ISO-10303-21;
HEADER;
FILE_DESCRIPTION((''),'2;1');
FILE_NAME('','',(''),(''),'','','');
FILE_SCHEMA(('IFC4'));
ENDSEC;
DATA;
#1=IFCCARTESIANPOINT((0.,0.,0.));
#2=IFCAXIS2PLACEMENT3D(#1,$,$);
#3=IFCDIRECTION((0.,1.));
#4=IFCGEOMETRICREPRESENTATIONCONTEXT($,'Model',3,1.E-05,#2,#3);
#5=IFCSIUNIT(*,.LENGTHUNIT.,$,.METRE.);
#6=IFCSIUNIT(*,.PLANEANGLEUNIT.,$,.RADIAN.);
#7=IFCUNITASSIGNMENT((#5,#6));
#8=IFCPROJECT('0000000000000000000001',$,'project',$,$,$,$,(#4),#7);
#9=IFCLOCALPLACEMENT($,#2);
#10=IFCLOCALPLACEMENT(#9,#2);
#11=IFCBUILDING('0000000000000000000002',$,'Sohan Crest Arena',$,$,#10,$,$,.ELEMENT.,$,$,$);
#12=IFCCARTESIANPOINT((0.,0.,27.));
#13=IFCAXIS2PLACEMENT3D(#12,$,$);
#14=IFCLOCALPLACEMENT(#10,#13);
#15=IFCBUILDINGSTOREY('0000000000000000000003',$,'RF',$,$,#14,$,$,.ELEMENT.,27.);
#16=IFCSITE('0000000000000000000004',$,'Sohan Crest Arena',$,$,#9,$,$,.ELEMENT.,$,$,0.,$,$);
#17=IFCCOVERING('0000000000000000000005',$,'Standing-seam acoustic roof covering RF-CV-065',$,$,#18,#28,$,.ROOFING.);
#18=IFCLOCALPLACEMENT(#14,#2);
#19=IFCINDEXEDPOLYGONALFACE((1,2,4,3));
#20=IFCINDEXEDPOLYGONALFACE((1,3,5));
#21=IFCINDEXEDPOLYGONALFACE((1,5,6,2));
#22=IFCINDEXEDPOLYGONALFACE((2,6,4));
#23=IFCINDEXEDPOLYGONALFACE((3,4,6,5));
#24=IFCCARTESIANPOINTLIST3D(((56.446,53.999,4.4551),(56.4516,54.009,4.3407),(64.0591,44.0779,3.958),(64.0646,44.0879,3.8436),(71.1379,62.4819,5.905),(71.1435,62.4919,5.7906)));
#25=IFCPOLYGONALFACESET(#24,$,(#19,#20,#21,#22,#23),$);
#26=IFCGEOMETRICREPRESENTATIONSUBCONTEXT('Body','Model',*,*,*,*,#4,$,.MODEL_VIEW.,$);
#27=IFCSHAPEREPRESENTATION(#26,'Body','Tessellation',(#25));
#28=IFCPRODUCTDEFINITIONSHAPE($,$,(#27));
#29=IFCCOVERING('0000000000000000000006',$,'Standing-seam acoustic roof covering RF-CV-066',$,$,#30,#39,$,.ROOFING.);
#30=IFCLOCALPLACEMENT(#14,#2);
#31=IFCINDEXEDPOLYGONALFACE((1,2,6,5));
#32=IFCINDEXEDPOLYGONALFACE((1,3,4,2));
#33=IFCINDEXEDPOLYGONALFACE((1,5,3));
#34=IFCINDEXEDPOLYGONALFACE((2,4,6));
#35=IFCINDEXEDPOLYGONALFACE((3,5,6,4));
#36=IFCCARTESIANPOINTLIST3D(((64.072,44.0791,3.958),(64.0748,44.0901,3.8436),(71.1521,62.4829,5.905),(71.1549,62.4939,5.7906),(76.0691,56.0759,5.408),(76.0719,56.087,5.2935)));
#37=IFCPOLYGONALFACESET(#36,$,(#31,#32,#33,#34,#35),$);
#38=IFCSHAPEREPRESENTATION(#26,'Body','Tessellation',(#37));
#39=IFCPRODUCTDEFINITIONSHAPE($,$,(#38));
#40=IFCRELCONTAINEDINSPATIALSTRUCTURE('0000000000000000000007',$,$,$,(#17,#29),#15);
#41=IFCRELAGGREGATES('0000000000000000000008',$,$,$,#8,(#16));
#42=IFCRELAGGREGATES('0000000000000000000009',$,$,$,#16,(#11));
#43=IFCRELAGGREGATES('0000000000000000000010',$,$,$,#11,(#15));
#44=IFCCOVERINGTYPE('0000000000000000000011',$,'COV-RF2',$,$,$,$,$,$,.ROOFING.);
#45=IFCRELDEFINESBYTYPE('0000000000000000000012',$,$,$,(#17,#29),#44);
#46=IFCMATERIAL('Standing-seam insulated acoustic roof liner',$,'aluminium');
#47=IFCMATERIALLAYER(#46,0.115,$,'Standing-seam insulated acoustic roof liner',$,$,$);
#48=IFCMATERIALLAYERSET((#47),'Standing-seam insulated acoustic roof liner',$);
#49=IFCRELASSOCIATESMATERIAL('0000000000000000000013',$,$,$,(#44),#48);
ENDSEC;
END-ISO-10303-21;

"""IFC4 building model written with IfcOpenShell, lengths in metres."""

from ifc_helpers import new_model, si_unit, direction, frame, origin, place, context, subcontext, project, spatial, polyline, outline, extrude, material, layer, layer_set, type_object, element, save


model = new_model("IFC4")

# Units and contexts
model_context = context("Model", 3, precision=1e-05, world=origin(), true_north=direction((0.0, 1.0)))
body_context = subcontext(model_context, "Body", "Model", "MODEL_VIEW")
ifc_project = project(units=[si_unit("LENGTHUNIT", "METRE"), si_unit("PLANEANGLEUNIT", "RADIAN")], contexts=[model_context])

# Site, building, storey
site_placement = place(None, origin())
site = spatial("IfcSite", under=ifc_project, at=site_placement, Name="Sohan Crest Arena", CompositionType="ELEMENT", RefElevation=0.0)
building_placement = place(site_placement, origin())
building = spatial("IfcBuilding", under=site, at=building_placement, Name="Sohan Crest Arena", CompositionType="ELEMENT")
storey_placement = place(building_placement, frame((0.0, 0.0, 27.0)))
storey = spatial("IfcBuildingStorey", under=building, at=storey_placement, Name="RF", CompositionType="ELEMENT", Elevation=27.0)

# Coverings
ifc_material_1 = material(Name="Standing-seam insulated acoustic roof liner", Category="aluminium")
ifc_layer_1 = layer(ifc_material_1, 0.115, Name="Standing-seam insulated acoustic roof liner")
ifc_layer_set_1 = layer_set([ifc_layer_1], Name="Standing-seam insulated acoustic roof liner")
covering_type = type_object("IfcCoveringType", Name="COV-RF2", PredefinedType="ROOFING", material=ifc_layer_set_1)
covering_1_placement = place(storey_placement, frame((71.1379, 62.4819, 5.905), z_axis=(-0.048105, -0.086768, 0.995066), x_axis=(-0.862866, -0.498208, -0.085157)))
element("IfcCovering", 1, at=covering_1_placement, inside=storey, type_object=covering_type, Name="Standing-seam acoustic roof covering RF-CV-065", PredefinedType="ROOFING", context=body_context, shape_type="SweptSolid", body=[
    extrude(outline(polyline([(0.0, 0.0), (17.0269, 0.0), (15.4429, 12.4147), (0.0, 0.0)])), origin(), (0.0, 0.0, -1.0), 0.115),
])
covering_2_placement = place(storey_placement, frame((71.1521, 62.4829, 5.905), z_axis=(-0.024366, -0.095901, 0.995093), x_axis=(-0.357316, -0.9288, -0.098262)))
element("IfcCovering", 2, at=covering_2_placement, inside=storey, type_object=covering_type, Name="Standing-seam acoustic roof covering RF-CV-066", PredefinedType="ROOFING", context=body_context, shape_type="SweptSolid", body=[
    extrude(outline(polyline([(0.0, 0.0), (19.8146, 0.0), (4.2427, 6.89), (0.0, 0.0)])), origin(), (0.0, 0.0, -1.0), 0.115),
])

save(model, "model.ifc")
